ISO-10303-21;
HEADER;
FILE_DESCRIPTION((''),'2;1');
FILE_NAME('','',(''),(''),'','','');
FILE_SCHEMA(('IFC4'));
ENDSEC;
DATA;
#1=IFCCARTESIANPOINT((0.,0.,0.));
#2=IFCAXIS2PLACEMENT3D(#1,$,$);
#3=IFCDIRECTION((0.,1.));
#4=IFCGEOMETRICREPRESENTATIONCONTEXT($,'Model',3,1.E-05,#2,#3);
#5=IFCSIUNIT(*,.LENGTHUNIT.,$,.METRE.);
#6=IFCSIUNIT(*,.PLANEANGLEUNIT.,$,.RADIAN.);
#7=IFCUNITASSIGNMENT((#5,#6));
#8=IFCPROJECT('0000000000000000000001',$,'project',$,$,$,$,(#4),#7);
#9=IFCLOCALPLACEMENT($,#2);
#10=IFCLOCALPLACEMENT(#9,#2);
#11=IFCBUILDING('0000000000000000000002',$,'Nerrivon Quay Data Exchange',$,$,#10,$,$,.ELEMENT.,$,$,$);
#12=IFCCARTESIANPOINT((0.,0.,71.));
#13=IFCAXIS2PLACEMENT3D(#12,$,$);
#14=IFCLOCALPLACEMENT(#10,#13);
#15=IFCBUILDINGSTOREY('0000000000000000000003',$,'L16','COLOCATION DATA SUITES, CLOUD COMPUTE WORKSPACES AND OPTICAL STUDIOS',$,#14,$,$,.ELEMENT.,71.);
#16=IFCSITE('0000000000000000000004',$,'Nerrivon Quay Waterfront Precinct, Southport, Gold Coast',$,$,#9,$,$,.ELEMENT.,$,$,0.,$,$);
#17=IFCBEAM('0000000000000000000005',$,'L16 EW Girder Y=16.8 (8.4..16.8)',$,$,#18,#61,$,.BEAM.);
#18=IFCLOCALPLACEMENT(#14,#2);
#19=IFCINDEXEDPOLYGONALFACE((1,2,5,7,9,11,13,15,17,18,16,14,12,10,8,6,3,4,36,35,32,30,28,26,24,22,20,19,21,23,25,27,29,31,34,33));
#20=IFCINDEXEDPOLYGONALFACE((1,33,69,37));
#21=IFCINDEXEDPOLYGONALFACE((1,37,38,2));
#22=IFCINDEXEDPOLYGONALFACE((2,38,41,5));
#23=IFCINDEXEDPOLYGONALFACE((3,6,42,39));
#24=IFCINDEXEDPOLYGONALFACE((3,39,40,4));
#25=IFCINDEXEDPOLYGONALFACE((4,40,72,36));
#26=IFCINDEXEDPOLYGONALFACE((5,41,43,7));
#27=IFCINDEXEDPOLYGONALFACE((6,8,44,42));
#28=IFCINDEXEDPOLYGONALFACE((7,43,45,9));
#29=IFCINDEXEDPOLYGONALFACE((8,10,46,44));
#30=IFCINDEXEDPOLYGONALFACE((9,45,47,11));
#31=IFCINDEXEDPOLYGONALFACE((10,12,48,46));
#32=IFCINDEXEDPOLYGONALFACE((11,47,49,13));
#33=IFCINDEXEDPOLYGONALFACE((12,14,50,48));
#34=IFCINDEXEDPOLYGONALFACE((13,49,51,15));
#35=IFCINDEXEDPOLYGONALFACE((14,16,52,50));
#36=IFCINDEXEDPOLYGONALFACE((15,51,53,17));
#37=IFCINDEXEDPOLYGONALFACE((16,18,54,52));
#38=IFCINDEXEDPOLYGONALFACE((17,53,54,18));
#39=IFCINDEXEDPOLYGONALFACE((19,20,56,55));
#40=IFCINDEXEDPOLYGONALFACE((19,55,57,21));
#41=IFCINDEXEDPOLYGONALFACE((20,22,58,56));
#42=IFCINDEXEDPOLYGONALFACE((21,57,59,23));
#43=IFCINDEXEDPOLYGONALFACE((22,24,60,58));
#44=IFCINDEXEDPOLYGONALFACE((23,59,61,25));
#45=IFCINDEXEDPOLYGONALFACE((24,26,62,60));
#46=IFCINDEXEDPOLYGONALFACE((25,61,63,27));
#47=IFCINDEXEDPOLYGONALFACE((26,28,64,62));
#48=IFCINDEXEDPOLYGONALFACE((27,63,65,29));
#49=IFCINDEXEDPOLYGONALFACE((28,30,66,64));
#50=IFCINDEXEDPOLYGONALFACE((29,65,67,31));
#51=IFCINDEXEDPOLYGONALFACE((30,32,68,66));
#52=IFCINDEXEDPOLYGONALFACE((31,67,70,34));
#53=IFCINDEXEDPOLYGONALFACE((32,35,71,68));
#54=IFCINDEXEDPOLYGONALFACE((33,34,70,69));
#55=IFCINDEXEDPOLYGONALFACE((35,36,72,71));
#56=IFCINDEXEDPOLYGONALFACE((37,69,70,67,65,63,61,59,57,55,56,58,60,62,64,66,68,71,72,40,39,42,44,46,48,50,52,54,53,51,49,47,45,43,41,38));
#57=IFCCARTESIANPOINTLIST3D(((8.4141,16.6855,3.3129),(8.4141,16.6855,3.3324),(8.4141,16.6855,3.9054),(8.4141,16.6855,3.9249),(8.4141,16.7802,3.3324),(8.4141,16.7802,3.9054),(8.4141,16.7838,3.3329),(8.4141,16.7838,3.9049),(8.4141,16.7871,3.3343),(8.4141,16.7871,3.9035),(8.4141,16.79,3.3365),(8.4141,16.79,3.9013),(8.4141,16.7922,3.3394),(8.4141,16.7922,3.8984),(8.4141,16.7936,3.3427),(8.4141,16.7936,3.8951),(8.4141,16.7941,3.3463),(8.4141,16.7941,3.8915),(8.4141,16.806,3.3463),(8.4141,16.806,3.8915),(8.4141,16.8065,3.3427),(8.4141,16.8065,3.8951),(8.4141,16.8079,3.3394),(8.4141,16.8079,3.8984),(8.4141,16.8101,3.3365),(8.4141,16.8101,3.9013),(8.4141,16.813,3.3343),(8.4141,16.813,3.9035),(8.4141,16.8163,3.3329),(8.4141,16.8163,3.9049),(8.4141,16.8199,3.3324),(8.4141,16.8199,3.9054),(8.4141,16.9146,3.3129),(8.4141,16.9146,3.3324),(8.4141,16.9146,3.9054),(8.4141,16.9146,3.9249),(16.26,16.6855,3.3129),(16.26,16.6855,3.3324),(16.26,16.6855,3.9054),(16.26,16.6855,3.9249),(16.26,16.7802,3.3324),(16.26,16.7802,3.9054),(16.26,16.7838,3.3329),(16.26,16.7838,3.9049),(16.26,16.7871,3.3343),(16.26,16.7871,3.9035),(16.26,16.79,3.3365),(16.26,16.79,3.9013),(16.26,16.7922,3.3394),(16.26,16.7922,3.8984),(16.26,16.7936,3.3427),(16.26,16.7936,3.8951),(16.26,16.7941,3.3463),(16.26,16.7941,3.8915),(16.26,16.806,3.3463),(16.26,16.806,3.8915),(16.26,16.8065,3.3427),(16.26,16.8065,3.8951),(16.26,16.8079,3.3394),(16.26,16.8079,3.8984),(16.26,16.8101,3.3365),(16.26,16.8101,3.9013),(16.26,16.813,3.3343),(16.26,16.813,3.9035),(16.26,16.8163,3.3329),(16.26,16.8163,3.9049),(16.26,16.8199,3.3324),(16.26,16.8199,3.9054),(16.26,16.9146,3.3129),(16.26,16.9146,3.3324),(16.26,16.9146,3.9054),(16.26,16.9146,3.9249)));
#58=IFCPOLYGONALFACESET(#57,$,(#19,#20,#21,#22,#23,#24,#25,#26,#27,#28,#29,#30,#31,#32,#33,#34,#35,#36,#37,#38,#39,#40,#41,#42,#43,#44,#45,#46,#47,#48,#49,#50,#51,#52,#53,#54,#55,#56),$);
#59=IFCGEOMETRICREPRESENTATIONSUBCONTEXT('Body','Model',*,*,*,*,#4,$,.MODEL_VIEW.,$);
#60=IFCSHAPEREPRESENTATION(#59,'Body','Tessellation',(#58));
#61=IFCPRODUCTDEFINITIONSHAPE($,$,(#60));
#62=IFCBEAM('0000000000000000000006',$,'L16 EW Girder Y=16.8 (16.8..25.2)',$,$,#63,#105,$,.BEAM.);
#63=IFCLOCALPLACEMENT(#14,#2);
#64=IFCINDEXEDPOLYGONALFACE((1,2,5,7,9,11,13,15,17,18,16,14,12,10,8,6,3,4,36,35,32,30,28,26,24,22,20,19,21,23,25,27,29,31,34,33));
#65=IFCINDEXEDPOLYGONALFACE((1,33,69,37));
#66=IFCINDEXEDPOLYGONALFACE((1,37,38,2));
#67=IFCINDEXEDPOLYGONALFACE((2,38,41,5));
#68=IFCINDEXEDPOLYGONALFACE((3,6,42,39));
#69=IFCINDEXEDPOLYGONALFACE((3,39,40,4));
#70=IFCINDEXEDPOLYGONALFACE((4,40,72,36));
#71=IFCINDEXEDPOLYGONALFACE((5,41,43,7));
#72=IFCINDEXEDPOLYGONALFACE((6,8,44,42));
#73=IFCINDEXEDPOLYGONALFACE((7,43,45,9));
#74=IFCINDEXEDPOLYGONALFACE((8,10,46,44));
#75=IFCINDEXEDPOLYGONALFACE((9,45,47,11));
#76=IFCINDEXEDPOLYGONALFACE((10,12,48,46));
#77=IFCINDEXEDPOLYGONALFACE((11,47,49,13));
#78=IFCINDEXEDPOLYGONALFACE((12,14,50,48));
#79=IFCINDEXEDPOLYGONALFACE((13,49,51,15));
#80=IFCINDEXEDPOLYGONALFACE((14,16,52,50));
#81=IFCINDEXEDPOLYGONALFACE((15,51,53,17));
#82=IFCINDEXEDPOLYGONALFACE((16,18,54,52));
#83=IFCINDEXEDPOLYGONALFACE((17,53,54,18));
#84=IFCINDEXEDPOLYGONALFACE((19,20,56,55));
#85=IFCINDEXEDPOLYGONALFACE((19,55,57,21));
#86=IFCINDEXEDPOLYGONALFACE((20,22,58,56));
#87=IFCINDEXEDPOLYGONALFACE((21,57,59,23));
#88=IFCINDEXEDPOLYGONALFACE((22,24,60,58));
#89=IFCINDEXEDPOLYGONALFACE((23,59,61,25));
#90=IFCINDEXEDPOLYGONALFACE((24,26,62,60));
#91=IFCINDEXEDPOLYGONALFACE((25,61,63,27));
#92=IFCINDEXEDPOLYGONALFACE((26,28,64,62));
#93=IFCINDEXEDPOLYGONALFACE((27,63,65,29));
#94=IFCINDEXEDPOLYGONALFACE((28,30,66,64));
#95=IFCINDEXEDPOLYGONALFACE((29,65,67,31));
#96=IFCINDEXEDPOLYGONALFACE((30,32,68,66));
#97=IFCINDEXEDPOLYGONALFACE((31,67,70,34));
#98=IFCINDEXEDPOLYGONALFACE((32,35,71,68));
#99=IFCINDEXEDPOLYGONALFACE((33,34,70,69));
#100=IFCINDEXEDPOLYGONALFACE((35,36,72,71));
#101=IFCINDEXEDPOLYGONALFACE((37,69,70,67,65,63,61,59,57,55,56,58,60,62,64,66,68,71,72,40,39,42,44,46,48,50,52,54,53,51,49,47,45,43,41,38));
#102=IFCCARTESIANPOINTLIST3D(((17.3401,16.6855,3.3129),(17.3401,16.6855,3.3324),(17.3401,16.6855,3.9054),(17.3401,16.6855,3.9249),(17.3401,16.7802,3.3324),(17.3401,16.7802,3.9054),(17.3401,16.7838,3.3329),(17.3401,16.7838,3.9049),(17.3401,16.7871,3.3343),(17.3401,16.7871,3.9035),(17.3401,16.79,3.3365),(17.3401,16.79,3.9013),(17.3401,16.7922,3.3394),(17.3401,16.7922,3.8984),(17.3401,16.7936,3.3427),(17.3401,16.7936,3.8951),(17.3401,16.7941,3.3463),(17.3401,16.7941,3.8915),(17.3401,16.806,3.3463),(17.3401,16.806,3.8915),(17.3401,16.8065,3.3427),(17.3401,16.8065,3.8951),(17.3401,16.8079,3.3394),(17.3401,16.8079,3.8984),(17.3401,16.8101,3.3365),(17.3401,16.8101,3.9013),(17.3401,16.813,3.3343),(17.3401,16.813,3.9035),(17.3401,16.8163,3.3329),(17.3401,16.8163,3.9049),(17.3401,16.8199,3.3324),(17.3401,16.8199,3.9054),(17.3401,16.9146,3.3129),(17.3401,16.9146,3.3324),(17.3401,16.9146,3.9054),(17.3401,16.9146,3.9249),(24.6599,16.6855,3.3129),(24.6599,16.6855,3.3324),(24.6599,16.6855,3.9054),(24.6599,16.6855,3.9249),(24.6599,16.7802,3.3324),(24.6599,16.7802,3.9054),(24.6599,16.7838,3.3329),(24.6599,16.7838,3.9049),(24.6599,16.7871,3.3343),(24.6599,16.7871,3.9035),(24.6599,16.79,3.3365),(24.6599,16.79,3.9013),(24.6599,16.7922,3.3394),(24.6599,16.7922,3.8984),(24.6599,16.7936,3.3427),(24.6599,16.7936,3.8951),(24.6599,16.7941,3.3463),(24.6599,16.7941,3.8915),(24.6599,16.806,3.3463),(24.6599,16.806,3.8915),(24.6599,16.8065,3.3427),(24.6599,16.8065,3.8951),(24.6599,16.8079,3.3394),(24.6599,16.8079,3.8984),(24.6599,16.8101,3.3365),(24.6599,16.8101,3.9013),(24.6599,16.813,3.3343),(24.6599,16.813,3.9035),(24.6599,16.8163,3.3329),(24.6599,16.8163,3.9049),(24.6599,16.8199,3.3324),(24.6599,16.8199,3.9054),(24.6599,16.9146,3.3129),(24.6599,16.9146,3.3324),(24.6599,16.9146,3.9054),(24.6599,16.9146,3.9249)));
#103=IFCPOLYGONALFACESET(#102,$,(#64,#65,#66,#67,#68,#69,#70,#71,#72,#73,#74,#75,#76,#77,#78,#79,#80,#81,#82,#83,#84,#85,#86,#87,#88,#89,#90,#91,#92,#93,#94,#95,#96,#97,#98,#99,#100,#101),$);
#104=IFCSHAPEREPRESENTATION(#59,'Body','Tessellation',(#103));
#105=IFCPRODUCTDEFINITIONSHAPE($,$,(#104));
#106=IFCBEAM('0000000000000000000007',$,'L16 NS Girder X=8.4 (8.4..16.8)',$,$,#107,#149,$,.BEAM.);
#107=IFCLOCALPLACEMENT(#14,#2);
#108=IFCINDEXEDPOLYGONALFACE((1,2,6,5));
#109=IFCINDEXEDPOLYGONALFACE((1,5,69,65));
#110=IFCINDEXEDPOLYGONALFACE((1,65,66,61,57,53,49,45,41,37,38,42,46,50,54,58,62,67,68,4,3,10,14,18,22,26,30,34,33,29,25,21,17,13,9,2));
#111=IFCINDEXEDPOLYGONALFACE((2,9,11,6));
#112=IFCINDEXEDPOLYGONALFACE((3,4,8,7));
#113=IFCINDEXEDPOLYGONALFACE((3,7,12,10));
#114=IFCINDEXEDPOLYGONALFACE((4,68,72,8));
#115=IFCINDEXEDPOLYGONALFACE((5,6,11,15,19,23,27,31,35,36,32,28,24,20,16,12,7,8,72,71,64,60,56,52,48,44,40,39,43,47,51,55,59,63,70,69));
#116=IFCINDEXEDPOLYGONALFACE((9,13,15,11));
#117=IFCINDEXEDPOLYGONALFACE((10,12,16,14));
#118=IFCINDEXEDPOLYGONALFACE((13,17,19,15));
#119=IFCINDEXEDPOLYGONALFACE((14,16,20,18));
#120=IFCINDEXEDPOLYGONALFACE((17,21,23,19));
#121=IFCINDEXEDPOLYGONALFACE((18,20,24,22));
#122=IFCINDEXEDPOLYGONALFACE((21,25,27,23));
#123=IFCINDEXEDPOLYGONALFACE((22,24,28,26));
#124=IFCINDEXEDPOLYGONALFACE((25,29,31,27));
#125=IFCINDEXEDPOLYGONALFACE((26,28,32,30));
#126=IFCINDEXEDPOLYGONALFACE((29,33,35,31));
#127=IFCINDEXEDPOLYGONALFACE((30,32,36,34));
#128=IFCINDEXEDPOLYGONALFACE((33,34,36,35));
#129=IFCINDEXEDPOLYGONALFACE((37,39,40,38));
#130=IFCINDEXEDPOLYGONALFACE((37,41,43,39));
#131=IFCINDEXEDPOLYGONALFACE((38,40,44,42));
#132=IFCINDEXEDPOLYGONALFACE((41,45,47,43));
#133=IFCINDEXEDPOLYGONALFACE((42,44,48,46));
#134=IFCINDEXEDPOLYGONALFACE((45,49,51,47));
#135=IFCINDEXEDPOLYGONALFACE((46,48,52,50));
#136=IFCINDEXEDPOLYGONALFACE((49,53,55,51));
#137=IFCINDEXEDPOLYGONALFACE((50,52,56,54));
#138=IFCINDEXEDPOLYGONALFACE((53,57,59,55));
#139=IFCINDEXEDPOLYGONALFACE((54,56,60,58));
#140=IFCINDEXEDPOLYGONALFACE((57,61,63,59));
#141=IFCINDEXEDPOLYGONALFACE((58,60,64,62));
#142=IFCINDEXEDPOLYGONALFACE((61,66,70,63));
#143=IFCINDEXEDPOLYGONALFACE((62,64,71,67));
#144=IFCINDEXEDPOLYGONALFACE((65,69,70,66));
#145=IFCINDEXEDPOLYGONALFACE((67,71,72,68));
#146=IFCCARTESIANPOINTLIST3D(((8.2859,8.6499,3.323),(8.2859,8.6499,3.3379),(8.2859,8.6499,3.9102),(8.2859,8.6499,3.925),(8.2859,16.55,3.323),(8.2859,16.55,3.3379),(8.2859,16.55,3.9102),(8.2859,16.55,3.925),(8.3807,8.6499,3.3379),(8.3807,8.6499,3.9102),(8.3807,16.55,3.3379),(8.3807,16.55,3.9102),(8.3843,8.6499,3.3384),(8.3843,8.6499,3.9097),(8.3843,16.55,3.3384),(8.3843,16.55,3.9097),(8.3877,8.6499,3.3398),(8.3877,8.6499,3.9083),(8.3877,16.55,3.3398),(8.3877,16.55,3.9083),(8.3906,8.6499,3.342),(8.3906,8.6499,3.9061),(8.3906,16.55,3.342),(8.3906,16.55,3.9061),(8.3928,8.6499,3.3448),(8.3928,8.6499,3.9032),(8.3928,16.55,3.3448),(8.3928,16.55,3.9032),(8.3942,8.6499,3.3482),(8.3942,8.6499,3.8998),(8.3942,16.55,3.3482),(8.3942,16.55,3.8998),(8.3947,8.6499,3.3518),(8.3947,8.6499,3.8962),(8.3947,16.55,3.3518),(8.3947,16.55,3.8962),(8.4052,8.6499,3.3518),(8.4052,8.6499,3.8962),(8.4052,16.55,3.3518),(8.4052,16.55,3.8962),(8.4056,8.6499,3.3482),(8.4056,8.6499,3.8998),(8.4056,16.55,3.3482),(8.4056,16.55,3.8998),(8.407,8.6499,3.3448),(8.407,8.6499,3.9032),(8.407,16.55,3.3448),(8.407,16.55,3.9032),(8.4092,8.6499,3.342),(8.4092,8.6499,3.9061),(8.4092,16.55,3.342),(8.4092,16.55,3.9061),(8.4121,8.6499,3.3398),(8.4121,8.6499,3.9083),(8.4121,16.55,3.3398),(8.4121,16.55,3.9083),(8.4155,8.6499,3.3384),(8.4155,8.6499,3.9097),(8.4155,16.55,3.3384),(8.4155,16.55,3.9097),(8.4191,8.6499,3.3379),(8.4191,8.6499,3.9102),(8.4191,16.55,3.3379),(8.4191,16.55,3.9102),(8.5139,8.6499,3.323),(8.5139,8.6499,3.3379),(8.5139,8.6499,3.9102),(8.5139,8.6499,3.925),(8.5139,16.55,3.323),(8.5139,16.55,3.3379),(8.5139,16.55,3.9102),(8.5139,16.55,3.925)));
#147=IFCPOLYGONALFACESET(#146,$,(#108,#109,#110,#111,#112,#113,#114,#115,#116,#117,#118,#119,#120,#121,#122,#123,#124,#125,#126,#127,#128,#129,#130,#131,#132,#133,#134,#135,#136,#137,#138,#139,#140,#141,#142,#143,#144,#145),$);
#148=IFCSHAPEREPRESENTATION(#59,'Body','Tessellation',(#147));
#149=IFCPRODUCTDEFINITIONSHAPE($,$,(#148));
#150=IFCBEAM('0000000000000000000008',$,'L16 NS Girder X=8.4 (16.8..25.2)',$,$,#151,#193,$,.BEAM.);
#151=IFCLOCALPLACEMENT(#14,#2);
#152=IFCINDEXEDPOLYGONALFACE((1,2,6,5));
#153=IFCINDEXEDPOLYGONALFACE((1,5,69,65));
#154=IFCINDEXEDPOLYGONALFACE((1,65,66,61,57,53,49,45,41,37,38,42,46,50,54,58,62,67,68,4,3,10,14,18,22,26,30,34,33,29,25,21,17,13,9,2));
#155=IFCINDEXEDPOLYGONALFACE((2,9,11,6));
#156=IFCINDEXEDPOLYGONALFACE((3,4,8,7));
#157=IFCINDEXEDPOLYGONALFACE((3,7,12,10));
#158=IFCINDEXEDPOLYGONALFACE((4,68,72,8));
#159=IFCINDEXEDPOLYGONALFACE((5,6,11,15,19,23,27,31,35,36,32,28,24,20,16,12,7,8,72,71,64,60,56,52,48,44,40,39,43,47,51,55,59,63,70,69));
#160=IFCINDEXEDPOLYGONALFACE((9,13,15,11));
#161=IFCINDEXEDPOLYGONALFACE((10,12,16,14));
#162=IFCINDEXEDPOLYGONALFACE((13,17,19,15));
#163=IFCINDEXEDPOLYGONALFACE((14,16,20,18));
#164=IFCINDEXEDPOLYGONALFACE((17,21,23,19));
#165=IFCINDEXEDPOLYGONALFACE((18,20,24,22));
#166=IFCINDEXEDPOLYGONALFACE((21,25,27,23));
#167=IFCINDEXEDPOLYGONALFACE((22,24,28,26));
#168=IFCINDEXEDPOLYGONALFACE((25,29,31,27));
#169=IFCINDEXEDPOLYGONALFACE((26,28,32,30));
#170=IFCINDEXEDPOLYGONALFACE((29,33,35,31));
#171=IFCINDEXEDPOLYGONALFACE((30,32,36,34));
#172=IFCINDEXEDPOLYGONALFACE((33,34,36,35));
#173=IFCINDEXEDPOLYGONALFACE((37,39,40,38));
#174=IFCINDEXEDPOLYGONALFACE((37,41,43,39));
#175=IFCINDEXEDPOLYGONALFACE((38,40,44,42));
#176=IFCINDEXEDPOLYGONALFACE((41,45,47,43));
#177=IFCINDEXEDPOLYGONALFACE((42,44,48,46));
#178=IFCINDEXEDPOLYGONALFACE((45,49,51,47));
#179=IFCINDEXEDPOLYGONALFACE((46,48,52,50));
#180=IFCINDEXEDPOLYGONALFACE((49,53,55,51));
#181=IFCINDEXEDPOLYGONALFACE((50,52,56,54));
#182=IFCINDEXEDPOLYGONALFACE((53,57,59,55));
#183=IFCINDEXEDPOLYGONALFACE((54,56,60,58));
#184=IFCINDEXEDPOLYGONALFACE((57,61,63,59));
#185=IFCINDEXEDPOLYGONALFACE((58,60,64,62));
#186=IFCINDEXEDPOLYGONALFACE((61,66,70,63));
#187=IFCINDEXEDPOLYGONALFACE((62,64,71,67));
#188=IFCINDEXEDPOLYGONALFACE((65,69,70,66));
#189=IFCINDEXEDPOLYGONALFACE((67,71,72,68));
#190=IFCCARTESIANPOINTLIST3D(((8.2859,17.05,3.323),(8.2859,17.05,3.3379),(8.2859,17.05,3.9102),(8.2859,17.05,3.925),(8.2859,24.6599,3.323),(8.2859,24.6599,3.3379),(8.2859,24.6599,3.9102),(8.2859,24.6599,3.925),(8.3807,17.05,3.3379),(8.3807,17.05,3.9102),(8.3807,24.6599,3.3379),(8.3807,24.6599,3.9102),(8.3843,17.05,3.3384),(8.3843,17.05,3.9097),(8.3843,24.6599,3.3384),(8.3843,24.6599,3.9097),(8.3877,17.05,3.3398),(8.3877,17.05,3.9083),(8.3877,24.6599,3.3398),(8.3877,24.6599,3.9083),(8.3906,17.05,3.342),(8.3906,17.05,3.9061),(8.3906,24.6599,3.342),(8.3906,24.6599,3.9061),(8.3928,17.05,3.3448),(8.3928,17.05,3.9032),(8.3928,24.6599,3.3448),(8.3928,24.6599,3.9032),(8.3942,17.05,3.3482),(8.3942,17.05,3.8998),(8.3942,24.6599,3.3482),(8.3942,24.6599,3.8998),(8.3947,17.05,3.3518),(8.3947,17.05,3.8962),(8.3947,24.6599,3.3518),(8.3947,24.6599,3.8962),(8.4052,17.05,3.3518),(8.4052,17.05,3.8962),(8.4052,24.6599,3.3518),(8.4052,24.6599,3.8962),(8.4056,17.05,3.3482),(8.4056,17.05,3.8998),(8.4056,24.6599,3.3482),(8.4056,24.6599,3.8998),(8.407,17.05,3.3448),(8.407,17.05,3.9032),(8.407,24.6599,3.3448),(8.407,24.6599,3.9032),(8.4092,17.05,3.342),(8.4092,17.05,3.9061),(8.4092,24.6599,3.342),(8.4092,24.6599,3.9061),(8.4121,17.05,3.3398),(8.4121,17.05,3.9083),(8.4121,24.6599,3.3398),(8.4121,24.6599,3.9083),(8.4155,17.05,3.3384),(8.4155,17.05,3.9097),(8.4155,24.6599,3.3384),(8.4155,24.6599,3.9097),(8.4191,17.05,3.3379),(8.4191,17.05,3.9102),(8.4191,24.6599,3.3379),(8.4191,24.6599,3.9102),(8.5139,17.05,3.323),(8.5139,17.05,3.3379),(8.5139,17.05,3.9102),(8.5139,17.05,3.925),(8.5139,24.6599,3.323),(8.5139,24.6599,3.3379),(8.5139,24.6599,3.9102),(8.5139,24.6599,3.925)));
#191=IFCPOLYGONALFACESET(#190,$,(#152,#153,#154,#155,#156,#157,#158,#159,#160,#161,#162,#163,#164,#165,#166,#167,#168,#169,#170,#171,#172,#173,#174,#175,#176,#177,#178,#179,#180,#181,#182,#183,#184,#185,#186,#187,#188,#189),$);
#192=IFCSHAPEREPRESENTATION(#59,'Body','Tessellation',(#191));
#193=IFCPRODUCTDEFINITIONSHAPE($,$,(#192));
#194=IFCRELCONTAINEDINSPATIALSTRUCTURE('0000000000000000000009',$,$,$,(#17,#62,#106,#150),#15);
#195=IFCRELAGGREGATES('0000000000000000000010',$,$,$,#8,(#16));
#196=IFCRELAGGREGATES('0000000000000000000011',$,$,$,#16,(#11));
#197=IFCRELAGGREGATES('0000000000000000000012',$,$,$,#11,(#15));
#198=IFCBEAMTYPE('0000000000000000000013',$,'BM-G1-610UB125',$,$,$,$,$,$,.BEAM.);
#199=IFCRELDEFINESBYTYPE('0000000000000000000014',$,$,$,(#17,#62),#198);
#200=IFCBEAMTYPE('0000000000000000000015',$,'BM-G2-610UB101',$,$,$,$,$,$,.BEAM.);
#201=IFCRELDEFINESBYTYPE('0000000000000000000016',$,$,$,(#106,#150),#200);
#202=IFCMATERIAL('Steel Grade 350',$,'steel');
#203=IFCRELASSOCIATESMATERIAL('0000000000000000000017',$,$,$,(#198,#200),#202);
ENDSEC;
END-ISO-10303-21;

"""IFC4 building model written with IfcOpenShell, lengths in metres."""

from ifc_helpers import new_model, si_unit, direction, frame, origin, origin_2d, place, context, subcontext, project, spatial, i_section, extrude, material, material_profile, profile_set, type_object, element, save


model = new_model("IFC4")

# Units and contexts
model_context = context("Model", 3, precision=1e-05, world=origin(), true_north=direction((0.0, 1.0)))
body_context = subcontext(model_context, "Body", "Model", "MODEL_VIEW")
ifc_project = project(units=[si_unit("LENGTHUNIT", "METRE"), si_unit("PLANEANGLEUNIT", "RADIAN")], contexts=[model_context])

# Site, building, storey
site_placement = place(None, origin())
site = spatial("IfcSite", under=ifc_project, at=site_placement, Name="Nerrivon Quay Waterfront Precinct, Southport, Gold Coast", CompositionType="ELEMENT", RefElevation=0.0)
building_placement = place(site_placement, origin())
building = spatial("IfcBuilding", under=site, at=building_placement, Name="Nerrivon Quay Data Exchange", CompositionType="ELEMENT")
storey_placement = place(building_placement, frame((0.0, 0.0, 71.0)))
storey = spatial("IfcBuildingStorey", under=building, at=storey_placement, Name="L16", Description="COLOCATION DATA SUITES, CLOUD COMPUTE WORKSPACES AND OPTICAL STUDIOS", CompositionType="ELEMENT", Elevation=71.0)

# Shared definitions
ifc_material_1 = material(Name="Steel Grade 350", Category="steel")

# Beams
ifc_material_profile_1 = material_profile(ifc_material_1, i_section(OverallWidth=0.229, OverallDepth=0.6121, WebThickness=0.012, FlangeThickness=0.0195, FilletRadius=0.0139, at=origin_2d()), Name="610UB125")
ifc_profile_set_1 = profile_set([ifc_material_profile_1], Name="Steel Grade 350")
beam_type_1 = type_object("IfcBeamType", Name="BM-G1-610UB125", PredefinedType="BEAM", material=ifc_profile_set_1)
beam_1_placement = place(storey_placement, frame((8.4141, 16.8, 3.6189), z_axis=(1.0, 0.0, 0.0), x_axis=(0.0, 1.0, 0.0)))
element("IfcBeam", 1, at=beam_1_placement, inside=storey, type_object=beam_type_1, Name="L16 EW Girder Y=16.8 (8.4..16.8)", PredefinedType="BEAM", context=body_context, shape_type="SweptSolid", body=[
    extrude(i_section(OverallWidth=0.229, OverallDepth=0.6121, WebThickness=0.012, FlangeThickness=0.0195, FilletRadius=0.0139, at=origin_2d()), origin(), (0.0, 0.0, 1.0), 7.8459),
])
beam_2_placement = place(storey_placement, frame((17.3401, 16.8, 3.6189), z_axis=(1.0, 0.0, 0.0), x_axis=(0.0, 1.0, 0.0)))
element("IfcBeam", 2, at=beam_2_placement, inside=storey, type_object=beam_type_1, Name="L16 EW Girder Y=16.8 (16.8..25.2)", PredefinedType="BEAM", context=body_context, shape_type="SweptSolid", body=[
    extrude(i_section(OverallWidth=0.229, OverallDepth=0.6121, WebThickness=0.012, FlangeThickness=0.0195, FilletRadius=0.0139, at=origin_2d()), origin(), (0.0, 0.0, 1.0), 7.3198),
])
ifc_material_profile_2 = material_profile(ifc_material_1, i_section(OverallWidth=0.228, OverallDepth=0.6021, WebThickness=0.0105, FlangeThickness=0.0149, FilletRadius=0.0139, at=origin_2d()), Name="610UB101")
ifc_profile_set_2 = profile_set([ifc_material_profile_2], Name="Steel Grade 350")
beam_type_2 = type_object("IfcBeamType", Name="BM-G2-610UB101", PredefinedType="BEAM", material=ifc_profile_set_2)
beam_3_placement = place(storey_placement, frame((8.3999, 8.6499, 3.624), z_axis=(0.0, 1.0, 0.0), x_axis=(-1.0, 0.0, 0.0)))
element("IfcBeam", 3, at=beam_3_placement, inside=storey, type_object=beam_type_2, Name="L16 NS Girder X=8.4 (8.4..16.8)", PredefinedType="BEAM", context=body_context, shape_type="SweptSolid", body=[
    extrude(i_section(OverallWidth=0.228, OverallDepth=0.6021, WebThickness=0.0105, FlangeThickness=0.0149, FilletRadius=0.0139, at=origin_2d()), origin(), (0.0, 0.0, 1.0), 7.9001),
])
beam_4_placement = place(storey_placement, frame((8.3999, 17.05, 3.624), z_axis=(0.0, 1.0, 0.0), x_axis=(-1.0, 0.0, 0.0)))
element("IfcBeam", 4, at=beam_4_placement, inside=storey, type_object=beam_type_2, Name="L16 NS Girder X=8.4 (16.8..25.2)", PredefinedType="BEAM", context=body_context, shape_type="SweptSolid", body=[
    extrude(i_section(OverallWidth=0.228, OverallDepth=0.6021, WebThickness=0.0105, FlangeThickness=0.0149, FilletRadius=0.0139, at=origin_2d()), origin(), (0.0, 0.0, 1.0), 7.6099),
])

save(model, "model.ifc")
